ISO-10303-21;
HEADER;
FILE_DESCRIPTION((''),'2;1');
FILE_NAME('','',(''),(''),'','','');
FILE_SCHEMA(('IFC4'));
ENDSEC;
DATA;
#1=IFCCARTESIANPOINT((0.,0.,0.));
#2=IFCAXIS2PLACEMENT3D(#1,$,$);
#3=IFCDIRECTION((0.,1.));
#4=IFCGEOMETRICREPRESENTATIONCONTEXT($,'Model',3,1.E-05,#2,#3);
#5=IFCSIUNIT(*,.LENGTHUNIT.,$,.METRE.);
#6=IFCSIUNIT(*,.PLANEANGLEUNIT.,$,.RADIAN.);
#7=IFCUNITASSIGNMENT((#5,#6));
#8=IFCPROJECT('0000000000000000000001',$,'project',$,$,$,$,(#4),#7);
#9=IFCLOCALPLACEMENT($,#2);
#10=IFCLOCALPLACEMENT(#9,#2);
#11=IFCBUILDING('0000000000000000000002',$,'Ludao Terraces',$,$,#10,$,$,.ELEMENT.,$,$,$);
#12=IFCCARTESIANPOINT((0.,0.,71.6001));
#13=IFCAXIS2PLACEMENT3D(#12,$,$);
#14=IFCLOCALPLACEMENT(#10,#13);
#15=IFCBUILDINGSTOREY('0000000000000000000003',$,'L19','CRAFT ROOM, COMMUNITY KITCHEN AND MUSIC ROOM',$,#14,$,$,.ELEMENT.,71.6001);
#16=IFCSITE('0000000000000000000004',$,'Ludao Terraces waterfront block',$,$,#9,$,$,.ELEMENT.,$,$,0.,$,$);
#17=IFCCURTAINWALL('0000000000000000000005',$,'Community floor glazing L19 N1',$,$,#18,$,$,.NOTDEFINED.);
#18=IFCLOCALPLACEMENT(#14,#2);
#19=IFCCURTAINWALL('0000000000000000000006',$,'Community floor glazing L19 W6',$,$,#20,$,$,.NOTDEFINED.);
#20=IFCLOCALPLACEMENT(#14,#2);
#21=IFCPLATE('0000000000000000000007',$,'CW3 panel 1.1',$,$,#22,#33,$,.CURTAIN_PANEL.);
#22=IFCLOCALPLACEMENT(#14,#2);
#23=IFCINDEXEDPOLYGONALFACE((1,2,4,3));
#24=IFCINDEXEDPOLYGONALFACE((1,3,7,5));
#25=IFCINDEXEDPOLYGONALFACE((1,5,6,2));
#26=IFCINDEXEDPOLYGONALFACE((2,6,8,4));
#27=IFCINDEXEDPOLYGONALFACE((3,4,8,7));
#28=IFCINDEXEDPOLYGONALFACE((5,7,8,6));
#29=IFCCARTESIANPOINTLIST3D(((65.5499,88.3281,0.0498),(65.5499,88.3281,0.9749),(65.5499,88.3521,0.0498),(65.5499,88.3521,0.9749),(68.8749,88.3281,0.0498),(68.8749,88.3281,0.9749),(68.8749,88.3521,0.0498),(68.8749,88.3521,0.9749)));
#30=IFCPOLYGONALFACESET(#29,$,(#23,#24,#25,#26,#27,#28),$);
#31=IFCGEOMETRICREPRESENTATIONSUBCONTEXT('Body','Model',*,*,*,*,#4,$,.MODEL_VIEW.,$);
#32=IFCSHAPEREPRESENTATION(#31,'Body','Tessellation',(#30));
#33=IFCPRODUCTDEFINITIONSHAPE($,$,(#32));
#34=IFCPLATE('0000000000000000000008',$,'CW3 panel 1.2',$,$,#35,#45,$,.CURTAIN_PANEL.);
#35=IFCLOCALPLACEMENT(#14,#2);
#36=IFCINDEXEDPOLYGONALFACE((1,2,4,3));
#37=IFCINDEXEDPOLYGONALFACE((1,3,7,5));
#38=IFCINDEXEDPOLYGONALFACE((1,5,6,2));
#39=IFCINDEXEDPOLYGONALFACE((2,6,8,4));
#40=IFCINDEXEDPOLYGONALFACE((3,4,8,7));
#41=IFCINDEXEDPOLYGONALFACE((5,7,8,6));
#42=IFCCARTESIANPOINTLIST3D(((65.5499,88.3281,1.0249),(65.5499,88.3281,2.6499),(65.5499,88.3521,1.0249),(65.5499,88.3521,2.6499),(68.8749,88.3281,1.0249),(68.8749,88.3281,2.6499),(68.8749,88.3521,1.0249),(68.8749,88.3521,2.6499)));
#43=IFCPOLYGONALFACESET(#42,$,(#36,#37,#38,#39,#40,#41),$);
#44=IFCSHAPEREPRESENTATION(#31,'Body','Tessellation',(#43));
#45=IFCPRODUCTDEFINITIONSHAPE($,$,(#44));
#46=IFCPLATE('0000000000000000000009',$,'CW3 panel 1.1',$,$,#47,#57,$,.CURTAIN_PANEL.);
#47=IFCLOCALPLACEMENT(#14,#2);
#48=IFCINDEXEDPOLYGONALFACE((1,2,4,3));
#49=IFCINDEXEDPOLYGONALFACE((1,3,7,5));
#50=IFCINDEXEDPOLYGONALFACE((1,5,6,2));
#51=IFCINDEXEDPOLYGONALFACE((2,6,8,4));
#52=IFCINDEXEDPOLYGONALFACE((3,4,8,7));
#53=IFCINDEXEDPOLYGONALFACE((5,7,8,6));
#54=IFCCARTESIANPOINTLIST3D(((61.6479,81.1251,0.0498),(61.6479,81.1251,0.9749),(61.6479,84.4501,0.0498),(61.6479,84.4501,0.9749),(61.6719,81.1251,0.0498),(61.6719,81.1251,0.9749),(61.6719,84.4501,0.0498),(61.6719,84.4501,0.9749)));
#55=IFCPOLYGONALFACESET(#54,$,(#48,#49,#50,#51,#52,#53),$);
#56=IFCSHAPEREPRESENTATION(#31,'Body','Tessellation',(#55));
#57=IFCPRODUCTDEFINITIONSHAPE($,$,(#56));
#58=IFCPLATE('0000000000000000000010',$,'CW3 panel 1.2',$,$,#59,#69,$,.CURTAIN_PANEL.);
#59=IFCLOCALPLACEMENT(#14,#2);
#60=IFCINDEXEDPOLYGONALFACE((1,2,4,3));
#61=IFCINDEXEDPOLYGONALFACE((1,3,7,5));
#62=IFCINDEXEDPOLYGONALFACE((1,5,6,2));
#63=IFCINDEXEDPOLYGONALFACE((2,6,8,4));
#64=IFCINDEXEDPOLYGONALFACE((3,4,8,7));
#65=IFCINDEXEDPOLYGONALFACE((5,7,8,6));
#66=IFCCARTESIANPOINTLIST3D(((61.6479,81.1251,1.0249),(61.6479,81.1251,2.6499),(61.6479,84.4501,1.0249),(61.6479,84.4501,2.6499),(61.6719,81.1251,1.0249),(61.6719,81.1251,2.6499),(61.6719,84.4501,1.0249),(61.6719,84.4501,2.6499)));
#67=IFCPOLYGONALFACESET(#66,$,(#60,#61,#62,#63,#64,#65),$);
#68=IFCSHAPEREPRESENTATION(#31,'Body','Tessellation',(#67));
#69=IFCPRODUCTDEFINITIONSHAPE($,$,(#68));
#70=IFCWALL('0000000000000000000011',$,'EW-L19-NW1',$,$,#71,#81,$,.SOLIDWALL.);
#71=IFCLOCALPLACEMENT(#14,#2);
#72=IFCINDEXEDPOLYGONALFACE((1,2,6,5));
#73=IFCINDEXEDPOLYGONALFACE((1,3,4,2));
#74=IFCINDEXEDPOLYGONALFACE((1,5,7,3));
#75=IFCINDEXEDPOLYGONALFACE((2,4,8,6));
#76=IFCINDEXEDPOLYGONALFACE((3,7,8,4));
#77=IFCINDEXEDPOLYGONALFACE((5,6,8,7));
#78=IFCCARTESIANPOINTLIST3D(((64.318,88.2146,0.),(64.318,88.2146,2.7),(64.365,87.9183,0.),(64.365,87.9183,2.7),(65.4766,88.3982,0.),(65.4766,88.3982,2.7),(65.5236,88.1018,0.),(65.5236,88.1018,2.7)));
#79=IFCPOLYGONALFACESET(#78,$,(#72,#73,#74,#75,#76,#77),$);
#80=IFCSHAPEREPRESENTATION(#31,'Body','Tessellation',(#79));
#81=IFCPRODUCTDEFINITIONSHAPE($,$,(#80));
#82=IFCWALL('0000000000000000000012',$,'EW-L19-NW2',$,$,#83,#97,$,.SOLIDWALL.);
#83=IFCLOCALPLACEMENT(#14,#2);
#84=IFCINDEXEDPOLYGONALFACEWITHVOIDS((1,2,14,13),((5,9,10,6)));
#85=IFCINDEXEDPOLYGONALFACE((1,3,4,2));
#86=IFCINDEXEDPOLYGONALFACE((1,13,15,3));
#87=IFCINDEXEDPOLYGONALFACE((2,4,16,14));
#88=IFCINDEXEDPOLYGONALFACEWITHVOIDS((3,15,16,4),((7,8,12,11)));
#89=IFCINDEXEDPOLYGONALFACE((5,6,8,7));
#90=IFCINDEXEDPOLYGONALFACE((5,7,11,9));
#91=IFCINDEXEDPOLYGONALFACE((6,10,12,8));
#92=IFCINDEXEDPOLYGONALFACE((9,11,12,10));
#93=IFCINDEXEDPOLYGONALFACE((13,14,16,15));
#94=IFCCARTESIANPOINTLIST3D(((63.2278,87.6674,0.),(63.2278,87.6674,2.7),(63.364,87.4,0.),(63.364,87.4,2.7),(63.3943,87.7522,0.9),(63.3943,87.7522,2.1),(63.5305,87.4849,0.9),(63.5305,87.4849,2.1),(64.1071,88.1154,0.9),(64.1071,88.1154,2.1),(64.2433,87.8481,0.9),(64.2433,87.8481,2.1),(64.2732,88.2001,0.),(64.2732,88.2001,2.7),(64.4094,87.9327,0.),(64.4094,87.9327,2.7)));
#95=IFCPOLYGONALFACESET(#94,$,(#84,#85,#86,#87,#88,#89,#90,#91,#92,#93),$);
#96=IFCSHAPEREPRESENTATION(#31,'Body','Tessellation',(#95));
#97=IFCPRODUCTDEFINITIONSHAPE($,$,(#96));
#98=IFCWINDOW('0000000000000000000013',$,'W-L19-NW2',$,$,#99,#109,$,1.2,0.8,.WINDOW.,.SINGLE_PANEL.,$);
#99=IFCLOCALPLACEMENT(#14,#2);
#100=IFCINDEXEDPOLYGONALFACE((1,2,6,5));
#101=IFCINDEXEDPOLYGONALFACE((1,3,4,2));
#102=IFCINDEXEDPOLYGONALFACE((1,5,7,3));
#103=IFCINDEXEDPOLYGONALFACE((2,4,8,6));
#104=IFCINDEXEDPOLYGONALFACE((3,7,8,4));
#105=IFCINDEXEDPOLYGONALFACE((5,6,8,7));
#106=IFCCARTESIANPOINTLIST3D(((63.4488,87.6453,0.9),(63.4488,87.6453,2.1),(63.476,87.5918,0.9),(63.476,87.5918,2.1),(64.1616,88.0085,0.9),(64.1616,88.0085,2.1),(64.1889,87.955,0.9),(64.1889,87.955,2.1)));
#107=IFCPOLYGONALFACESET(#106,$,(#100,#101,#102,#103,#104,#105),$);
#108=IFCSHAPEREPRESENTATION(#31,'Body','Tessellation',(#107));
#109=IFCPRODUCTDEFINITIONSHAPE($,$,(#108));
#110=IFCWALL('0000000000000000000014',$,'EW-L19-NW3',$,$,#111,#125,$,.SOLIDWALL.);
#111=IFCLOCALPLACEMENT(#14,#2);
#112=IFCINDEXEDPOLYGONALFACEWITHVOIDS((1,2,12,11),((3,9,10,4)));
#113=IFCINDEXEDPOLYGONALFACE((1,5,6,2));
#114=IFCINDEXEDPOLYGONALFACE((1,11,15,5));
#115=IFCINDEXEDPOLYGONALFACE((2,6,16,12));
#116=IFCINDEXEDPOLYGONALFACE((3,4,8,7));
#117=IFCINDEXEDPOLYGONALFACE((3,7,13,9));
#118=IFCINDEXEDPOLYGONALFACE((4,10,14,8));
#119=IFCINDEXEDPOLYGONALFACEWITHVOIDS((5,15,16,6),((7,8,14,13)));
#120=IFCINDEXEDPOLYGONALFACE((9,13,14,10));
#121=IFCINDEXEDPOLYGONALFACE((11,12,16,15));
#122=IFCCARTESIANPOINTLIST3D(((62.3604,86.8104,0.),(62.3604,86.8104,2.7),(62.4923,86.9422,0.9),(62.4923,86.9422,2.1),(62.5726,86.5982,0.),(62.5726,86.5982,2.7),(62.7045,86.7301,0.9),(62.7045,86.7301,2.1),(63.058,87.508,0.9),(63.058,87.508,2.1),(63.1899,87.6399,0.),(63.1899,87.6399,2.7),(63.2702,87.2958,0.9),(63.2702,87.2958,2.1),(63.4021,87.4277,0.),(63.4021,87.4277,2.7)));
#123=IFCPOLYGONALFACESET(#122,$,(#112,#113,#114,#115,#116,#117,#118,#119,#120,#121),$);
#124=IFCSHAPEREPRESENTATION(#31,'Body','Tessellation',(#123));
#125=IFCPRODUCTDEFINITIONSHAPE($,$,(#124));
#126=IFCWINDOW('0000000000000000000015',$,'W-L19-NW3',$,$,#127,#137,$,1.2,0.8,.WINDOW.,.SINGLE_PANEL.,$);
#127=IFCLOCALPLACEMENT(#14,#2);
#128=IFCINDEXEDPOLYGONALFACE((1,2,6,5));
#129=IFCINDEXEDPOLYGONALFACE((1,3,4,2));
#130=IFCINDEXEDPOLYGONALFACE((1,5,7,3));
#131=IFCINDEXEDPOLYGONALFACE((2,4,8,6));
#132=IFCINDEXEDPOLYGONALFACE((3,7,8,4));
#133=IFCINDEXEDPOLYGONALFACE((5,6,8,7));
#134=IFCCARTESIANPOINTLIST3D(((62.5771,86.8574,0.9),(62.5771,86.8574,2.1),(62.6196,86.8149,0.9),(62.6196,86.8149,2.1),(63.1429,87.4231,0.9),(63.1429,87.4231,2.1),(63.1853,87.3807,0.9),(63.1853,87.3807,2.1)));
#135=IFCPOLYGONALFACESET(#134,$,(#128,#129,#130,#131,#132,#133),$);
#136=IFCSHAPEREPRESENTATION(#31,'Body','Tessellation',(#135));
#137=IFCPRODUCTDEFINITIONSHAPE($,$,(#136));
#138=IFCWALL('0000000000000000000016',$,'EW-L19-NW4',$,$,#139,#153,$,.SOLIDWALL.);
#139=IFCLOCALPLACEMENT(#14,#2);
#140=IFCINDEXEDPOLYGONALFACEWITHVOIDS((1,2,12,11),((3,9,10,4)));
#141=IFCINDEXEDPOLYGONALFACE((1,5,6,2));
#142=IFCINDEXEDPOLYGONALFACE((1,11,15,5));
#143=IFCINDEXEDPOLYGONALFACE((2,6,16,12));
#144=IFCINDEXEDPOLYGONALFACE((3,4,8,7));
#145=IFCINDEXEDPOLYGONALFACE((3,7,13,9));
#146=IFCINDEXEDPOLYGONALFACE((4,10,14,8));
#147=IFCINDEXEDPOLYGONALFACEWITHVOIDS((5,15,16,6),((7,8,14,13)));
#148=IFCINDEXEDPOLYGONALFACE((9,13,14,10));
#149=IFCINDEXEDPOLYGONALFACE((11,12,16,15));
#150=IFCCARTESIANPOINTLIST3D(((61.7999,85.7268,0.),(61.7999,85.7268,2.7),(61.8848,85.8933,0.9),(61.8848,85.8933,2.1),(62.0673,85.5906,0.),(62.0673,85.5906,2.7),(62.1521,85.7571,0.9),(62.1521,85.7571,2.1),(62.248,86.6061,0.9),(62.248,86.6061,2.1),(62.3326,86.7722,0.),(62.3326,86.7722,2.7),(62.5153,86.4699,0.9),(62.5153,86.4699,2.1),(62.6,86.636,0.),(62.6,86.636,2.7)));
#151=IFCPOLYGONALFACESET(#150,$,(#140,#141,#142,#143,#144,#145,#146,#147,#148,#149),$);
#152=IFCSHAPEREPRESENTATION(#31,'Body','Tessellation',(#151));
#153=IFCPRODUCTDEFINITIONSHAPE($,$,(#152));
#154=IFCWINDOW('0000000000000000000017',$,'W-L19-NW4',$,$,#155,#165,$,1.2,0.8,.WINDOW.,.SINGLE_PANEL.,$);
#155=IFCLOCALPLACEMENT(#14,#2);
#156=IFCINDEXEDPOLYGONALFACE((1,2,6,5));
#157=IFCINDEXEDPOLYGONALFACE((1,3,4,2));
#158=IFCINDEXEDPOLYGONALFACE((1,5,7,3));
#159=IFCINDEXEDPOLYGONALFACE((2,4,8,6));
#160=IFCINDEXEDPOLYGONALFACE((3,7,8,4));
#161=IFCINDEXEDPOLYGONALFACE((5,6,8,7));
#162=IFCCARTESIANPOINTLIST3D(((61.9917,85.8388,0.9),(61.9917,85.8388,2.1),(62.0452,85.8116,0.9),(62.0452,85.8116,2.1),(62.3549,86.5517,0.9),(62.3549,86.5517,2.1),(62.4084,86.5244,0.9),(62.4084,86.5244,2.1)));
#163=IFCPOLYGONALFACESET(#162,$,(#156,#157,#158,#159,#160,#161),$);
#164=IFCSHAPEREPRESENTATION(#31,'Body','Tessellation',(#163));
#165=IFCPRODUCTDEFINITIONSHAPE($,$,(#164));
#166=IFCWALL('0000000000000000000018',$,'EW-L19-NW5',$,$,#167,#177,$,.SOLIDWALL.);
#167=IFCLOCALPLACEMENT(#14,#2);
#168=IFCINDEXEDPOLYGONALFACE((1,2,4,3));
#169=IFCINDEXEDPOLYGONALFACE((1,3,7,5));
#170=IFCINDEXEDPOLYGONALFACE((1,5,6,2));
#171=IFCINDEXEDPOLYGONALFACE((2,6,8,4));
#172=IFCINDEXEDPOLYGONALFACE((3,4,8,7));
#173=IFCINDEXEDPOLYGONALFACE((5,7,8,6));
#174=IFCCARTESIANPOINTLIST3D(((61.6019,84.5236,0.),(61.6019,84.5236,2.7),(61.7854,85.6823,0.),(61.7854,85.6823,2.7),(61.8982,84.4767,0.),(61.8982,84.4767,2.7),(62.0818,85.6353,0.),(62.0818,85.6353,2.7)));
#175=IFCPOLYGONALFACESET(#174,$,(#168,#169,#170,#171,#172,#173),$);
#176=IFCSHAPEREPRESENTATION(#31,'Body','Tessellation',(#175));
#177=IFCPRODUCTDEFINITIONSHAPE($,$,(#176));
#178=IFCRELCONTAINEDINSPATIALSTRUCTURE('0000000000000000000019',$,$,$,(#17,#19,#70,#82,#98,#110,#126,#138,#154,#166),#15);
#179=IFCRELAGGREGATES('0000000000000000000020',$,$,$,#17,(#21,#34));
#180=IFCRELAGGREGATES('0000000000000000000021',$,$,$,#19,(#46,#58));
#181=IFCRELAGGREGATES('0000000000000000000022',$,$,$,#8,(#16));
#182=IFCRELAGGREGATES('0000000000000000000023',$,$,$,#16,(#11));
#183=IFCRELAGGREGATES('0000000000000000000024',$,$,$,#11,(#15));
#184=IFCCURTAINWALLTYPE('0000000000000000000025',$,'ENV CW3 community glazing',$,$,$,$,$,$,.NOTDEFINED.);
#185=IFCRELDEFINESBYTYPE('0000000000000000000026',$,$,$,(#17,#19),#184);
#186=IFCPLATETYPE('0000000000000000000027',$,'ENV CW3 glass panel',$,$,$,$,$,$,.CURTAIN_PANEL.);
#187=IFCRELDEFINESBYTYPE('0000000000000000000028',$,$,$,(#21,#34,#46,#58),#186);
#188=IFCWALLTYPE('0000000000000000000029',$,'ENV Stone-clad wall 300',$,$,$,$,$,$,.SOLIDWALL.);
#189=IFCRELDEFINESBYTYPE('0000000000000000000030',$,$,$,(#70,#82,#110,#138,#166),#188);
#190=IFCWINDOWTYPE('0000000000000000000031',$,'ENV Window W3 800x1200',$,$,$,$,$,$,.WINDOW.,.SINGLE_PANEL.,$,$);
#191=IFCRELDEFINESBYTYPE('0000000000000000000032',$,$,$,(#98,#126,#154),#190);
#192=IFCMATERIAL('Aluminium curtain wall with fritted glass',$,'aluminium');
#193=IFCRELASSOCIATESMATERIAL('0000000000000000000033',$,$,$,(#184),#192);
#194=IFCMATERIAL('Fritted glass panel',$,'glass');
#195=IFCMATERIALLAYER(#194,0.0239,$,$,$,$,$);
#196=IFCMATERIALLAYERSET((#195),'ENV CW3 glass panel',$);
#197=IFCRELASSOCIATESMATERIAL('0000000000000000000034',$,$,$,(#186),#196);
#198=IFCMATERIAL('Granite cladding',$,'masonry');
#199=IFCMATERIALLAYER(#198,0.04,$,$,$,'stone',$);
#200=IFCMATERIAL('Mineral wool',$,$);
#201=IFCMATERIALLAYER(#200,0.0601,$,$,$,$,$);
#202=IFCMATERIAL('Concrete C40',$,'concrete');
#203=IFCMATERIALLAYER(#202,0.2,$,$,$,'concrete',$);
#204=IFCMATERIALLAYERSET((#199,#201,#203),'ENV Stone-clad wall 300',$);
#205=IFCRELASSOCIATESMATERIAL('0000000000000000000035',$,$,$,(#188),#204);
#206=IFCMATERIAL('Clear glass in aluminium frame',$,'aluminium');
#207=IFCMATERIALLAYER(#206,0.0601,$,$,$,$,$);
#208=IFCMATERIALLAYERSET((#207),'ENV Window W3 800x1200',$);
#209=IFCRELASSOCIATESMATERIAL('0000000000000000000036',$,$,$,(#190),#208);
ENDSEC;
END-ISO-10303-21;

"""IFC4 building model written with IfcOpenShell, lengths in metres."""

from ifc_helpers import new_model, si_unit, direction, frame, frame_2d, origin, origin_2d, place, context, subcontext, project, spatial, rectangle, extrude, material, layer, layer_set, type_object, element, fill, aggregate, save


model = new_model("IFC4")

# Units and contexts
model_context = context("Model", 3, precision=1e-05, world=origin(), true_north=direction((0.0, 1.0)))
body_context = subcontext(model_context, "Body", "Model", "MODEL_VIEW")
ifc_project = project(units=[si_unit("LENGTHUNIT", "METRE"), si_unit("PLANEANGLEUNIT", "RADIAN")], contexts=[model_context])

# Site, building, storey
site_placement = place(None, origin())
site = spatial("IfcSite", under=ifc_project, at=site_placement, Name="Ludao Terraces waterfront block", CompositionType="ELEMENT", RefElevation=0.0)
building_placement = place(site_placement, origin())
building = spatial("IfcBuilding", under=site, at=building_placement, Name="Ludao Terraces", CompositionType="ELEMENT")
storey_placement = place(building_placement, frame((0.0, 0.0, 71.6001)))
storey = spatial("IfcBuildingStorey", under=building, at=storey_placement, Name="L19", Description="CRAFT ROOM, COMMUNITY KITCHEN AND MUSIC ROOM", CompositionType="ELEMENT", Elevation=71.6001)

# Curtain walls
ifc_material_1 = material(Name="Aluminium curtain wall with fritted glass", Category="aluminium")
curtain_wall_type = type_object("IfcCurtainWallType", Name="ENV CW3 community glazing", PredefinedType="NOTDEFINED", material=ifc_material_1)
curtain_wall_1_placement = place(storey_placement, origin())
curtain_wall_1 = element("IfcCurtainWall", 1, at=curtain_wall_1_placement, inside=storey, type_object=curtain_wall_type, Name="Community floor glazing L19 N1", PredefinedType="NOTDEFINED")
curtain_wall_2_placement = place(storey_placement, origin())
curtain_wall_2 = element("IfcCurtainWall", 2, at=curtain_wall_2_placement, inside=storey, type_object=curtain_wall_type, Name="Community floor glazing L19 W6", PredefinedType="NOTDEFINED")

# Shared definitions
ifc_material_2 = material(Name="Concrete C40", Category="concrete")

# Plates
ifc_material_3 = material(Name="Fritted glass panel", Category="glass")
ifc_layer_1 = layer(ifc_material_3, 0.0239)
ifc_layer_set_1 = layer_set([ifc_layer_1], Name="ENV CW3 glass panel")
plate_type = type_object("IfcPlateType", Name="ENV CW3 glass panel", PredefinedType="CURTAIN_PANEL", material=ifc_layer_set_1)
plate_1_placement = place(storey_placement, frame((67.2124, 88.3401, 0.0498), z_axis=(0.0, 0.0, 1.0), x_axis=(1.0, 0.0, 0.0)))
plate_1 = element("IfcPlate", 3, at=plate_1_placement, type_object=plate_type, Name="CW3 panel 1.1", PredefinedType="CURTAIN_PANEL", context=body_context, shape_type="SweptSolid", body=[
    extrude(rectangle(XDim=3.325, YDim=0.0239, at=origin_2d()), origin(), (0.0, 0.0, 1.0), 0.925),
])
plate_2_placement = place(storey_placement, frame((67.2124, 88.3401, 1.0249), z_axis=(0.0, 0.0, 1.0), x_axis=(1.0, 0.0, 0.0)))
plate_2 = element("IfcPlate", 4, at=plate_2_placement, type_object=plate_type, Name="CW3 panel 1.2", PredefinedType="CURTAIN_PANEL", context=body_context, shape_type="SweptSolid", body=[
    extrude(rectangle(XDim=3.325, YDim=0.0239, at=origin_2d()), origin(), (0.0, 0.0, 1.0), 1.625),
])
aggregate(curtain_wall_1, [plate_1, plate_2])
plate_3_placement = place(storey_placement, frame((61.6599, 82.7876, 0.0498), z_axis=(0.0, 0.0, 1.0), x_axis=(0.0, 1.0, 0.0)))
plate_3 = element("IfcPlate", 5, at=plate_3_placement, type_object=plate_type, Name="CW3 panel 1.1", PredefinedType="CURTAIN_PANEL", context=body_context, shape_type="SweptSolid", body=[
    extrude(rectangle(XDim=3.325, YDim=0.0239, at=origin_2d()), origin(), (0.0, 0.0, 1.0), 0.925),
])
plate_4_placement = place(storey_placement, frame((61.6599, 82.7876, 1.0249), z_axis=(0.0, 0.0, 1.0), x_axis=(0.0, 1.0, 0.0)))
plate_4 = element("IfcPlate", 6, at=plate_4_placement, type_object=plate_type, Name="CW3 panel 1.2", PredefinedType="CURTAIN_PANEL", context=body_context, shape_type="SweptSolid", body=[
    extrude(rectangle(XDim=3.325, YDim=0.0239, at=origin_2d()), origin(), (0.0, 0.0, 1.0), 1.625),
])
aggregate(curtain_wall_2, [plate_3, plate_4])

# Wall
ifc_material_4 = material(Name="Granite cladding", Category="masonry")
ifc_layer_2 = layer(ifc_material_4, 0.04, Category="stone")
ifc_material_5 = material(Name="Mineral wool")
ifc_layer_3 = layer(ifc_material_5, 0.0601)
ifc_layer_4 = layer(ifc_material_2, 0.2, Category="concrete")
ifc_layer_set_2 = layer_set([ifc_layer_2, ifc_layer_3, ifc_layer_4], Name="ENV Stone-clad wall 300")
wall_type_1 = type_object("IfcWallType", Name="ENV Stone-clad wall 300", PredefinedType="SOLIDWALL", material=ifc_layer_set_2)
wall_1_placement = place(storey_placement, frame((65.5, 88.25, 0.0), z_axis=(0.0, 0.0, 1.0), x_axis=(-0.987678, -0.156497, 0.0)))
element("IfcWall", 7, at=wall_1_placement, inside=storey, type_object=wall_type_1, Name="EW-L19-NW1", PredefinedType="SOLIDWALL", context=body_context, shape_type="SweptSolid", body=[
    extrude(rectangle(XDim=1.1731, YDim=0.3, at=frame_2d((0.5864, 0.0))), origin(), (0.0, 0.0, 1.0), 2.7),
])

# Walls, openings, windows
wall_2_placement = place(storey_placement, frame((64.3413, 88.0664, 0.0), z_axis=(0.0, 0.0, 1.0), x_axis=(-0.890989, -0.454026, 0.0)))
wall_2 = element("IfcWall", 8, at=wall_2_placement, inside=storey, type_object=wall_type_1, Name="EW-L19-NW2", PredefinedType="SOLIDWALL", context=body_context, shape_type="SweptSolid", body=[
    extrude(rectangle(XDim=1.1733, YDim=0.3, at=frame_2d((0.5867, 0.0))), origin(), (0.0, 0.0, 1.0), 2.7),
])
opening_1_placement = place(wall_2_placement, frame((0.1865, 0.0, 0.8999)))
opening_1 = element("IfcOpeningElement", 9, at=opening_1_placement, cuts=wall_2, PredefinedType="OPENING", context=body_context, shape_type="SweptSolid", body=[
    extrude(rectangle(XDim=0.8, YDim=1.2, at=frame_2d((0.3999, 0.6001))), frame((0.0, 0.1602, 0.0), z_axis=(0.0, -1.0, 0.0), x_axis=(1.0, 0.0, 0.0)), (0.0, 0.0, 1.0), 0.3201),
])
ifc_material_6 = material(Name="Clear glass in aluminium frame", Category="aluminium")
ifc_layer_5 = layer(ifc_material_6, 0.0601)
ifc_layer_set_3 = layer_set([ifc_layer_5], Name="ENV Window W3 800x1200")
window_type = type_object("IfcWindowType", Name="ENV Window W3 800x1200", PartitioningType="SINGLE_PANEL", PredefinedType="WINDOW", material=ifc_layer_set_3)
window_1_placement = place(opening_1_placement, origin())
window_1 = element("IfcWindow", 10, at=window_1_placement, inside=storey, type_object=window_type, Name="W-L19-NW2", OverallHeight=1.2, OverallWidth=0.8, PartitioningType="SINGLE_PANEL", PredefinedType="WINDOW", context=body_context, shape_type="SweptSolid", body=[
    extrude(rectangle(XDim=0.8, YDim=1.2, at=frame_2d((0.3999, 0.6001))), frame((0.0, 0.03, 0.0), z_axis=(0.0, -1.0, 0.0), x_axis=(1.0, 0.0, 0.0)), (0.0, 0.0, 1.0), 0.0601),
])
fill(opening_1, window_1)
wall_3_placement = place(storey_placement, frame((63.2959, 87.5337, 0.0), z_axis=(0.0, 0.0, 1.0), x_axis=(-0.707107, -0.707107, 0.0)))
wall_3 = element("IfcWall", 11, at=wall_3_placement, inside=storey, type_object=wall_type_1, Name="EW-L19-NW3", PredefinedType="SOLIDWALL", context=body_context, shape_type="SweptSolid", body=[
    extrude(rectangle(XDim=1.1731, YDim=0.3, at=frame_2d((0.5864, 0.0))), origin(), (0.0, 0.0, 1.0), 2.7),
])
opening_2_placement = place(wall_3_placement, frame((0.1865, 0.0, 0.8999)))
opening_2 = element("IfcOpeningElement", 12, at=opening_2_placement, cuts=wall_3, PredefinedType="OPENING", context=body_context, shape_type="SweptSolid", body=[
    extrude(rectangle(XDim=0.8, YDim=1.2, at=frame_2d((0.3999, 0.6001))), frame((0.0, 0.1602, 0.0), z_axis=(0.0, -1.0, 0.0), x_axis=(1.0, 0.0, 0.0)), (0.0, 0.0, 1.0), 0.3201),
])
window_2_placement = place(opening_2_placement, origin())
window_2 = element("IfcWindow", 13, at=window_2_placement, inside=storey, type_object=window_type, Name="W-L19-NW3", OverallHeight=1.2, OverallWidth=0.8, PartitioningType="SINGLE_PANEL", PredefinedType="WINDOW", context=body_context, shape_type="SweptSolid", body=[
    extrude(rectangle(XDim=0.8, YDim=1.2, at=frame_2d((0.3999, 0.6001))), frame((0.0, 0.03, 0.0), z_axis=(0.0, -1.0, 0.0), x_axis=(1.0, 0.0, 0.0)), (0.0, 0.0, 1.0), 0.0601),
])
fill(opening_2, window_2)
wall_4_placement = place(storey_placement, frame((62.4663, 86.7041, 0.0), z_axis=(0.0, 0.0, 1.0), x_axis=(-0.454026, -0.890989, 0.0)))
wall_4 = element("IfcWall", 14, at=wall_4_placement, inside=storey, type_object=wall_type_1, Name="EW-L19-NW4", PredefinedType="SOLIDWALL", context=body_context, shape_type="SweptSolid", body=[
    extrude(rectangle(XDim=1.1733, YDim=0.3, at=frame_2d((0.5867, 0.0))), origin(), (0.0, 0.0, 1.0), 2.7),
])
opening_3_placement = place(wall_4_placement, frame((0.1865, 0.0, 0.8999)))
opening_3 = element("IfcOpeningElement", 15, at=opening_3_placement, cuts=wall_4, PredefinedType="OPENING", context=body_context, shape_type="SweptSolid", body=[
    extrude(rectangle(XDim=0.8, YDim=1.2, at=frame_2d((0.3999, 0.6001))), frame((0.0, 0.1602, 0.0), z_axis=(0.0, -1.0, 0.0), x_axis=(1.0, 0.0, 0.0)), (0.0, 0.0, 1.0), 0.3201),
])
window_3_placement = place(opening_3_placement, origin())
window_3 = element("IfcWindow", 16, at=window_3_placement, inside=storey, type_object=window_type, Name="W-L19-NW4", OverallHeight=1.2, OverallWidth=0.8, PartitioningType="SINGLE_PANEL", PredefinedType="WINDOW", context=body_context, shape_type="SweptSolid", body=[
    extrude(rectangle(XDim=0.8, YDim=1.2, at=frame_2d((0.3999, 0.6001))), frame((0.0, 0.03, 0.0), z_axis=(0.0, -1.0, 0.0), x_axis=(1.0, 0.0, 0.0)), (0.0, 0.0, 1.0), 0.0601),
])
fill(opening_3, window_3)

# Wall
wall_5_placement = place(storey_placement, frame((61.9336, 85.6587, 0.0), z_axis=(0.0, 0.0, 1.0), x_axis=(-0.156497, -0.987678, 0.0)))
element("IfcWall", 17, at=wall_5_placement, inside=storey, type_object=wall_type_1, Name="EW-L19-NW5", PredefinedType="SOLIDWALL", context=body_context, shape_type="SweptSolid", body=[
    extrude(rectangle(XDim=1.1731, YDim=0.3, at=frame_2d((0.5864, 0.0))), origin(), (0.0, 0.0, 1.0), 2.7),
])

save(model, "model.ifc")
